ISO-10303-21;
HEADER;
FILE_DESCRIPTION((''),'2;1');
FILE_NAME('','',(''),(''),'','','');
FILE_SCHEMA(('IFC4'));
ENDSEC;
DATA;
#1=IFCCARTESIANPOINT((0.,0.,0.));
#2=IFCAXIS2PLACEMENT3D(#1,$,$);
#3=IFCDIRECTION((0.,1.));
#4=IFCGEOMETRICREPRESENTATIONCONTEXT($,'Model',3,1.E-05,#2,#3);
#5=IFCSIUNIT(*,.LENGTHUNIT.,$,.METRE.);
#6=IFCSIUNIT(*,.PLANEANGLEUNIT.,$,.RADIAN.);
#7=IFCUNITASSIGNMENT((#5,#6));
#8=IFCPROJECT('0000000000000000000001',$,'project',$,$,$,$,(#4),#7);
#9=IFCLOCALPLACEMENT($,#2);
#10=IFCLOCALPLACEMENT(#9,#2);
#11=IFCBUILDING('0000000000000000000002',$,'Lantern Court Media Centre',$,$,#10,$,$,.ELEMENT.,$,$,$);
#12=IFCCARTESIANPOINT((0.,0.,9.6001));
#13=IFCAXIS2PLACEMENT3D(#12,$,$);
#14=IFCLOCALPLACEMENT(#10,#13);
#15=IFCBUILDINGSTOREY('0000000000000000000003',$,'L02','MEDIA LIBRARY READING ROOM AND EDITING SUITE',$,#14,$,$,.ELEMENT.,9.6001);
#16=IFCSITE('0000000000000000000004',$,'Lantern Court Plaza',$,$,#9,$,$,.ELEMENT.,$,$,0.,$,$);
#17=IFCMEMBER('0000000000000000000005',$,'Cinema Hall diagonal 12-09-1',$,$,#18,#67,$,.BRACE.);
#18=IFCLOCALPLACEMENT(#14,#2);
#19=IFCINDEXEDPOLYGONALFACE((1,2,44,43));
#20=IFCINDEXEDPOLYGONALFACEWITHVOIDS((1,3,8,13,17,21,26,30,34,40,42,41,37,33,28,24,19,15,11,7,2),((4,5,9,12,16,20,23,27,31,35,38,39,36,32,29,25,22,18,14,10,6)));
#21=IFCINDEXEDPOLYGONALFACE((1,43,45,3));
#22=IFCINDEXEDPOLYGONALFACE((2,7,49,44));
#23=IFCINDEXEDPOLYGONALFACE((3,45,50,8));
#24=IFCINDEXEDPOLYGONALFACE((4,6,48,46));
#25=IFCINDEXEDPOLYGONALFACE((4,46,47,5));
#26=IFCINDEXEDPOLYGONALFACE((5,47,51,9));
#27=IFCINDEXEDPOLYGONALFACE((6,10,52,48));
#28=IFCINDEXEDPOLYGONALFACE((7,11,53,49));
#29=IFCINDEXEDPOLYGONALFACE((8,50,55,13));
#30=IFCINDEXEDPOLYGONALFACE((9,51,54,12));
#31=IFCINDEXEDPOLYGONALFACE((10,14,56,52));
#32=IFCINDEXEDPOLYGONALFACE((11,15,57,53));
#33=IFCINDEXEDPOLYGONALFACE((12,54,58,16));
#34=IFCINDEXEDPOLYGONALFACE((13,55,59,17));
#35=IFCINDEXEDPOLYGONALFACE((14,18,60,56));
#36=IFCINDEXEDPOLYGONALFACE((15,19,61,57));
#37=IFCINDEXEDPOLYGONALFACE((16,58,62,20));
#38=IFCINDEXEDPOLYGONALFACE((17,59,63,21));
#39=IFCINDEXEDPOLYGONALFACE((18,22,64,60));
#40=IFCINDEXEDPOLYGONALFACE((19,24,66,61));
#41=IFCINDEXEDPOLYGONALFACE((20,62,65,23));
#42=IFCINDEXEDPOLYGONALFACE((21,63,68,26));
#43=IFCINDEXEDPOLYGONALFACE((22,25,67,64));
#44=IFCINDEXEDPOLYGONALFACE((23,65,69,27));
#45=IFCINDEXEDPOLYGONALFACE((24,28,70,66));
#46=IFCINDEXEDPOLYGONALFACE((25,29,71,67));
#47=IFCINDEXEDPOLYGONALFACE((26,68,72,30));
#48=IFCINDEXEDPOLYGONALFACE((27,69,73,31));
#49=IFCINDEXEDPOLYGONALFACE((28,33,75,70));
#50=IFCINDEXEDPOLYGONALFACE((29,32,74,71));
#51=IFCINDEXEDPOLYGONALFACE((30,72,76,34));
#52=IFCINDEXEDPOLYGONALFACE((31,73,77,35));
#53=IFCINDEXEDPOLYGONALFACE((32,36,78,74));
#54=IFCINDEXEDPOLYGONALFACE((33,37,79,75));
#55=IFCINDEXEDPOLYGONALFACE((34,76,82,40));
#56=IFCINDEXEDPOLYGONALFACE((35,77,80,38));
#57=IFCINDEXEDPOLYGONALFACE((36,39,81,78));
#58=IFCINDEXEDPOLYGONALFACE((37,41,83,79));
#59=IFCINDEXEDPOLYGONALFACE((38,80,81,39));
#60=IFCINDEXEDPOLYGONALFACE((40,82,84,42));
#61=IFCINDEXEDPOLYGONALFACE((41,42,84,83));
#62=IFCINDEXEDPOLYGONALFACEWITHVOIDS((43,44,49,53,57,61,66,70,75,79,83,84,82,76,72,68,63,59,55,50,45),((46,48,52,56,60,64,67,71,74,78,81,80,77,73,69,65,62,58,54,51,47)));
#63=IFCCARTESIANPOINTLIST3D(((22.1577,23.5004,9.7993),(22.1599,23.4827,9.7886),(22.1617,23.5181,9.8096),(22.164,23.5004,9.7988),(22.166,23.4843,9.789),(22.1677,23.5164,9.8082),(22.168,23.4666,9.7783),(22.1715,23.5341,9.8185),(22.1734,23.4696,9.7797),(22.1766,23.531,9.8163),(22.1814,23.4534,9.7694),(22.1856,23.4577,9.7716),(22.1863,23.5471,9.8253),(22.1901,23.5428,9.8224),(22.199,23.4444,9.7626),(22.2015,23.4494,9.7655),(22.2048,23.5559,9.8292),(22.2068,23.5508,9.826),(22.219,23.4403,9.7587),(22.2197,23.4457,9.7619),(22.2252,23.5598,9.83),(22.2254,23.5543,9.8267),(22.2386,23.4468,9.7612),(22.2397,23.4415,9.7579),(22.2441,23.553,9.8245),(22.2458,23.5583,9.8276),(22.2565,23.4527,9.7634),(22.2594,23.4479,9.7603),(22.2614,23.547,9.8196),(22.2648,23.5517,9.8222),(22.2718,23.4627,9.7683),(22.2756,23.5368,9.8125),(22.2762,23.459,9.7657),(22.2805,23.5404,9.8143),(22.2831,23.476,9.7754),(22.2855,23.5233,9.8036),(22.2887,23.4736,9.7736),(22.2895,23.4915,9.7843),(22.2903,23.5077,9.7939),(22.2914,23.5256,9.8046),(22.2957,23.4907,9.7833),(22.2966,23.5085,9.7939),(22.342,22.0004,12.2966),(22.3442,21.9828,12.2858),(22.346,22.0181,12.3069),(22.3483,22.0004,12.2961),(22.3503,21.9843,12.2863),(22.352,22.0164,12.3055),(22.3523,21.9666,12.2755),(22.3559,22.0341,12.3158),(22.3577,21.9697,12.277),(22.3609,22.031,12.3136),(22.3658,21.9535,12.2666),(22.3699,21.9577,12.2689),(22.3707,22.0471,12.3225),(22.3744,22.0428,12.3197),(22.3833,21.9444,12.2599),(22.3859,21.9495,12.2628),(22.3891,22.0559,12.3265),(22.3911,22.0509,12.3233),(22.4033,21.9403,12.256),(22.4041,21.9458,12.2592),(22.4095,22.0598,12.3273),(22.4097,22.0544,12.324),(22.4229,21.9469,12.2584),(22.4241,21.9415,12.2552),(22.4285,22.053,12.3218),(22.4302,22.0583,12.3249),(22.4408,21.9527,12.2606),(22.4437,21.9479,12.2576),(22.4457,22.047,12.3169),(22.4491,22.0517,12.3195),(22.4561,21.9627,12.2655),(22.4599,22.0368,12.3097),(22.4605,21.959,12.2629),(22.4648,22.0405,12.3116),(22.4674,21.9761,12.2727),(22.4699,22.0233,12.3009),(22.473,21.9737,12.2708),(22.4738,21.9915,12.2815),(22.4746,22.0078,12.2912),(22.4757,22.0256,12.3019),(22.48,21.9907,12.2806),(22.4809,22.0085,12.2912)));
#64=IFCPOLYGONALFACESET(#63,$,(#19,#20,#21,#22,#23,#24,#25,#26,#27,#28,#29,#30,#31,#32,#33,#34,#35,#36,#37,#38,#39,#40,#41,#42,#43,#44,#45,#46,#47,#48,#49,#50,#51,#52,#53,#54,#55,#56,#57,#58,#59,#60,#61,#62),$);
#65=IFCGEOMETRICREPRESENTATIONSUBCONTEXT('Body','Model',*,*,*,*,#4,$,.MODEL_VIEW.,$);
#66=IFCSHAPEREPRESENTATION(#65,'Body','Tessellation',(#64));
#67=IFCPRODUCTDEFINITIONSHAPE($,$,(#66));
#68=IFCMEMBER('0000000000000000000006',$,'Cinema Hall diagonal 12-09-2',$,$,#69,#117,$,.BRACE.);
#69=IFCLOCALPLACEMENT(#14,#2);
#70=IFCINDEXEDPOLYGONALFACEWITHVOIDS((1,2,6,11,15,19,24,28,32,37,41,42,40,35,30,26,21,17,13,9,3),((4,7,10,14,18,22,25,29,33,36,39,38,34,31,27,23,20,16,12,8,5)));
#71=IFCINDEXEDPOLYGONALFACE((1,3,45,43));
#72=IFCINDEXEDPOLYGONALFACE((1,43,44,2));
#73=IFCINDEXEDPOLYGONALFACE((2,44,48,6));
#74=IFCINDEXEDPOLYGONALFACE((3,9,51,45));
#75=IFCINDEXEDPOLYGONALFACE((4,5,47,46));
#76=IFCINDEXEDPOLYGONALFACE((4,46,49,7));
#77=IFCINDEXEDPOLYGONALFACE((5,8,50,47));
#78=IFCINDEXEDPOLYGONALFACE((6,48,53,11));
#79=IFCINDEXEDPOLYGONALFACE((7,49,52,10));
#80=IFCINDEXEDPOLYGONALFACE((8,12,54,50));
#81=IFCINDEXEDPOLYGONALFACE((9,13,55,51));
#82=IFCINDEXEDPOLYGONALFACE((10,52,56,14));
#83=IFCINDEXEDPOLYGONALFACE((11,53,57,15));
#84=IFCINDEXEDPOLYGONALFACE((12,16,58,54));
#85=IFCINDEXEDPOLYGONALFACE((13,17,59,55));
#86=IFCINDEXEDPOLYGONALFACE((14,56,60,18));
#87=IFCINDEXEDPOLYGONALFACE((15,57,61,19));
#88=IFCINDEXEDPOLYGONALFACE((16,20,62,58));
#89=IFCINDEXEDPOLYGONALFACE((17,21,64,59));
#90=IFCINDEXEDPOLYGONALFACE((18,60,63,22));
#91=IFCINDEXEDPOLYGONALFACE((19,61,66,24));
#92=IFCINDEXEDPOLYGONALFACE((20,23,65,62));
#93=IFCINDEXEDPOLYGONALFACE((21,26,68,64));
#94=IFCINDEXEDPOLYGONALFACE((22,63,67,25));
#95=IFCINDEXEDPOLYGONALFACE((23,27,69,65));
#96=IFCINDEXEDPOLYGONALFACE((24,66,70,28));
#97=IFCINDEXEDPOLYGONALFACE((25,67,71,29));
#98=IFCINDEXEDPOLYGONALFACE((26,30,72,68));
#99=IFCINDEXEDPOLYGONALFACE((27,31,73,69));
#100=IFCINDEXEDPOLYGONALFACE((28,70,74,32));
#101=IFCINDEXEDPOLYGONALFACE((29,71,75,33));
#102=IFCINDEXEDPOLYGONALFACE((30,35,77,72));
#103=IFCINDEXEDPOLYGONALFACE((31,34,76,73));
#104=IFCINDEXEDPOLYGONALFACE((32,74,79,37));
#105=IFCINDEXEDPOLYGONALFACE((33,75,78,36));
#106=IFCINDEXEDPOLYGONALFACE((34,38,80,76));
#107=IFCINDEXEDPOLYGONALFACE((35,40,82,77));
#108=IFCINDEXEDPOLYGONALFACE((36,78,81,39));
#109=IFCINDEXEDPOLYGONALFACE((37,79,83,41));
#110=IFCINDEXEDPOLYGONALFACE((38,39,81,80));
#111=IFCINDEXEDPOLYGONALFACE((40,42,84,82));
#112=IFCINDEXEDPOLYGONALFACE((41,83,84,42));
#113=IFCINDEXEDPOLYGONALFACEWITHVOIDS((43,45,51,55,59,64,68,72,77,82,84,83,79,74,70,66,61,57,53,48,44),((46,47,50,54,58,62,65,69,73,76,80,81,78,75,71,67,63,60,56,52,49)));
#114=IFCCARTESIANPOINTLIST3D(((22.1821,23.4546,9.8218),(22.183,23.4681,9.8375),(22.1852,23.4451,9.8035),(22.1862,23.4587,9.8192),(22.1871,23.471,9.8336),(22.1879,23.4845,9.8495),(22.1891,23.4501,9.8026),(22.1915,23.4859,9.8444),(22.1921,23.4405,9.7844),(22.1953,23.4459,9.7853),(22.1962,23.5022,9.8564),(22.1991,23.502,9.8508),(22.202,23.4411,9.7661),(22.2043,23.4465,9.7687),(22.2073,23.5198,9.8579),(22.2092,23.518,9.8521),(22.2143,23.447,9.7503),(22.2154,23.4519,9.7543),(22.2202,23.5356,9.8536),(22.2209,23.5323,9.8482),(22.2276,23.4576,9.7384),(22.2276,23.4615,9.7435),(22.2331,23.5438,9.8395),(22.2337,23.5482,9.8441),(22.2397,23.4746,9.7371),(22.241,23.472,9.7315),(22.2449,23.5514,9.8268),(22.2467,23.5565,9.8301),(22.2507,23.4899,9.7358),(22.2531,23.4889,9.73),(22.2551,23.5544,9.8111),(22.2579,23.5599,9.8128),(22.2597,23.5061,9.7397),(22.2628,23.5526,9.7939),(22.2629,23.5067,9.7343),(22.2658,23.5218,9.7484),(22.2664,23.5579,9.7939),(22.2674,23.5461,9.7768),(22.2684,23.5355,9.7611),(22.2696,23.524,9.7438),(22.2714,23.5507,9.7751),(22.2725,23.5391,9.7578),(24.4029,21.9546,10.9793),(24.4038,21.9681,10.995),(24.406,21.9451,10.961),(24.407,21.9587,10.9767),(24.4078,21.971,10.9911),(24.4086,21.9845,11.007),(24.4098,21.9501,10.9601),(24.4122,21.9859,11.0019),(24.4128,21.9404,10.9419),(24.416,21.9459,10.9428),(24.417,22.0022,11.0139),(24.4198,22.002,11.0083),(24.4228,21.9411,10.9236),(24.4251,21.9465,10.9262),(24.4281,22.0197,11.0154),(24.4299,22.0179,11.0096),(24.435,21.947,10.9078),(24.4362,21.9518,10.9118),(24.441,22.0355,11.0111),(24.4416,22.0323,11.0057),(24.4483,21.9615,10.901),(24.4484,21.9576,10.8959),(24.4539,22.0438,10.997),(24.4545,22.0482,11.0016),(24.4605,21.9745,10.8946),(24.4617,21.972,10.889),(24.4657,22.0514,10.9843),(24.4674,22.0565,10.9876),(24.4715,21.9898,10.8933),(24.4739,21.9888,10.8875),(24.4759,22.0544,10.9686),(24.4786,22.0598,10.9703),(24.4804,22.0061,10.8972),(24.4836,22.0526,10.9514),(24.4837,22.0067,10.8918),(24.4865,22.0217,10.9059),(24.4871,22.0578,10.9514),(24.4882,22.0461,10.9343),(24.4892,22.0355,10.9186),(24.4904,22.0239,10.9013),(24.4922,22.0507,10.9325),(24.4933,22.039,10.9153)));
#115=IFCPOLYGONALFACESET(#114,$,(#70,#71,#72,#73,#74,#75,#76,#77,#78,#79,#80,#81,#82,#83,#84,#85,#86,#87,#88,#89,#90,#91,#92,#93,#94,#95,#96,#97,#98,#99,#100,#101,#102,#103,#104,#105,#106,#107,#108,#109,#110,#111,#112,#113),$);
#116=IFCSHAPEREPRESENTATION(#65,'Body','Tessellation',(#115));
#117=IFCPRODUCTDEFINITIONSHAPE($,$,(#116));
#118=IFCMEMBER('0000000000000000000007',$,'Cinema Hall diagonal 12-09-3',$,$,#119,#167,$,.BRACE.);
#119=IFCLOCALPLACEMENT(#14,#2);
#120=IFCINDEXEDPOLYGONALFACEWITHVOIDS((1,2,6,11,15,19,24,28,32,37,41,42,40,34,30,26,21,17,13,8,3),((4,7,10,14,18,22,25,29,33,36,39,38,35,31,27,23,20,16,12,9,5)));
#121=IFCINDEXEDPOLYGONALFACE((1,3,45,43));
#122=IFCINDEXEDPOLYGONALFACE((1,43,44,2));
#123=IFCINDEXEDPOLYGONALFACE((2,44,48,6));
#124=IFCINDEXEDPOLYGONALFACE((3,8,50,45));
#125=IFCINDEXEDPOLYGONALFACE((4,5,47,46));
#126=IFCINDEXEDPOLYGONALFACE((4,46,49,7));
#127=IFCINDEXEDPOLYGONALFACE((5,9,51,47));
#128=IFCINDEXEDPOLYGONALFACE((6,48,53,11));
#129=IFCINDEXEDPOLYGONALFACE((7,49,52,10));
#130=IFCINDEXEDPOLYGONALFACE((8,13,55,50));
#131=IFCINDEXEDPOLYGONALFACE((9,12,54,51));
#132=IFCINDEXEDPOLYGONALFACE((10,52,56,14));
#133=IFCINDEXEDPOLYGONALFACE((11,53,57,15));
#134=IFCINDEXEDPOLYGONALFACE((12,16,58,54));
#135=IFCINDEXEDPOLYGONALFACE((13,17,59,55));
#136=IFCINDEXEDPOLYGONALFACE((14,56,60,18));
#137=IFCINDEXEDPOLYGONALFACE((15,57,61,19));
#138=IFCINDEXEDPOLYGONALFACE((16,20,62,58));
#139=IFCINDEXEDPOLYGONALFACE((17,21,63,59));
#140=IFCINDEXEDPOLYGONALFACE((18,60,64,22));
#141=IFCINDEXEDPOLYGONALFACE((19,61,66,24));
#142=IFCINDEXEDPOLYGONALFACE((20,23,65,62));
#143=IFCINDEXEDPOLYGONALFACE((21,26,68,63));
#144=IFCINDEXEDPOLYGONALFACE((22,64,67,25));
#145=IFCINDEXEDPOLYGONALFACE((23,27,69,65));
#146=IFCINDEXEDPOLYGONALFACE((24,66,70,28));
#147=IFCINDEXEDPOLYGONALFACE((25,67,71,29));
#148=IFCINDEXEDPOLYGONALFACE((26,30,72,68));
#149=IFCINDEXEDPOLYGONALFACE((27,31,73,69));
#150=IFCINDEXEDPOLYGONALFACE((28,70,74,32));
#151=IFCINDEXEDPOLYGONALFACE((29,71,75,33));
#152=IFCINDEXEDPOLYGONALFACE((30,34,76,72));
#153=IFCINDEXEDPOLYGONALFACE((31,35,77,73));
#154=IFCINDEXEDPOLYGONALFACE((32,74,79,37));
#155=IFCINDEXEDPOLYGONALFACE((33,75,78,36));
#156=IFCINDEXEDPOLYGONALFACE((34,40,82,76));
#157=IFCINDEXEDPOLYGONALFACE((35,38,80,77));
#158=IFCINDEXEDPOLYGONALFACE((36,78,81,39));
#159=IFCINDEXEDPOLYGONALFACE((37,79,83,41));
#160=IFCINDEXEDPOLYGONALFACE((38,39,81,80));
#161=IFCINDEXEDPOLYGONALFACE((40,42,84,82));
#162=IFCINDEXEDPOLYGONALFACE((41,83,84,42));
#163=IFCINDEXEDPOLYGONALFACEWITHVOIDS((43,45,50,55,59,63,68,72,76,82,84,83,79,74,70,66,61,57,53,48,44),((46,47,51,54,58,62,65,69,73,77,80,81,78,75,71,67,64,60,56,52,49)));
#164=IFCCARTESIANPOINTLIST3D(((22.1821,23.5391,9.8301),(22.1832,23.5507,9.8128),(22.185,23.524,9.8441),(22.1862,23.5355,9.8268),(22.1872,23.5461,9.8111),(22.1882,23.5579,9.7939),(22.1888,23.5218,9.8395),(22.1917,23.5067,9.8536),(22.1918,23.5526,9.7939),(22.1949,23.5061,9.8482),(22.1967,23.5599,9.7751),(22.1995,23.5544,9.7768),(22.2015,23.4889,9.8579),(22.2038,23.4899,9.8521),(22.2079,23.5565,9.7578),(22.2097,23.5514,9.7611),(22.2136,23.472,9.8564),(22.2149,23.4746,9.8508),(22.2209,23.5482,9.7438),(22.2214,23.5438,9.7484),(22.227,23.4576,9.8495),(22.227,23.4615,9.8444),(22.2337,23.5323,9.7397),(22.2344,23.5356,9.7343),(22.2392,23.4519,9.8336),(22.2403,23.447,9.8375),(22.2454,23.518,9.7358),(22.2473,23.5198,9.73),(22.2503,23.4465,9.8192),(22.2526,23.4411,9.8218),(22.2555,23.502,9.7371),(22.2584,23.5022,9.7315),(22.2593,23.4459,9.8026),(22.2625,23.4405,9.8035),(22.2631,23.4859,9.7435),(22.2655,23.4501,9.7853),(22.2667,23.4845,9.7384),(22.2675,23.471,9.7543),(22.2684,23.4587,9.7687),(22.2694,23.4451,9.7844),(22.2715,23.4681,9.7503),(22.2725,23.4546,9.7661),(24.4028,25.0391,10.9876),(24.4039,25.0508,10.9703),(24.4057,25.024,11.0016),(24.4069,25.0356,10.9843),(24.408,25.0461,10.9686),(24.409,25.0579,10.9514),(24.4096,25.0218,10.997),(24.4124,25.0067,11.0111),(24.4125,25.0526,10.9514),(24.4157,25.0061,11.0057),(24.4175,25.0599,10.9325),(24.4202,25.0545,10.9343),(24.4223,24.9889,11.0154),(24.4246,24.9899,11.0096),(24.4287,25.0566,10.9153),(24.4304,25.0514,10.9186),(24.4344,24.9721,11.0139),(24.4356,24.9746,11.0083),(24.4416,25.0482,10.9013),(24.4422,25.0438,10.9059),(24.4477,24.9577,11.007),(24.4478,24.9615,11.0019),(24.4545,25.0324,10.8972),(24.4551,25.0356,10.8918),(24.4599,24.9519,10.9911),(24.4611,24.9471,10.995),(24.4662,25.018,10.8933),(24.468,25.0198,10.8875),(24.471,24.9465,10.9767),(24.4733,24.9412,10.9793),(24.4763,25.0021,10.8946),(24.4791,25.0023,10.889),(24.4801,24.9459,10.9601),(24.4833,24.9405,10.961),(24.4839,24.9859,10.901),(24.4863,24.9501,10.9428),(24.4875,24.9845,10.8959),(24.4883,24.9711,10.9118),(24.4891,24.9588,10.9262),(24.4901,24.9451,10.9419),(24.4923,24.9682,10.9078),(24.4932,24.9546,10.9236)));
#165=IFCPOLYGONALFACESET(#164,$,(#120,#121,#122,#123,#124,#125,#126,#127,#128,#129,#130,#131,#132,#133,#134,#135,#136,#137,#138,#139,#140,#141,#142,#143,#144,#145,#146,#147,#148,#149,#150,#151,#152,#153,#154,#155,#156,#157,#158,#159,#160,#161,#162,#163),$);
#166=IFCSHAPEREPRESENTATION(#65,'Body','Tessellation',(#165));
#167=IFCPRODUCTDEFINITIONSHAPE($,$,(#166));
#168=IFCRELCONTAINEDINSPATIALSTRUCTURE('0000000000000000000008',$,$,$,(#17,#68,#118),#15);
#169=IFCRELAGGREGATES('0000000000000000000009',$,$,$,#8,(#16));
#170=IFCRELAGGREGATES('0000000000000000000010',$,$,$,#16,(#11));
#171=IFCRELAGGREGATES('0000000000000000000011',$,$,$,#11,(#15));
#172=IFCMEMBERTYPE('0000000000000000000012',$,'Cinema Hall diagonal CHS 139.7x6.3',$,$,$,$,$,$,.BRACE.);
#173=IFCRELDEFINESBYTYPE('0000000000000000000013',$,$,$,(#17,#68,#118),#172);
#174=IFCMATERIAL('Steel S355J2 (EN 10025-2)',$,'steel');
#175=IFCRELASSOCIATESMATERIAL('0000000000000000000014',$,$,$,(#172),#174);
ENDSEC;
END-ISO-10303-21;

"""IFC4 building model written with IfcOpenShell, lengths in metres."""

from ifc_helpers import new_model, si_unit, direction, frame, origin, origin_2d, place, context, subcontext, project, spatial, hollow_circle, extrude, material, material_profile, profile_set, type_object, element, save


model = new_model("IFC4")

# Units and contexts
model_context = context("Model", 3, precision=1e-05, world=origin(), true_north=direction((0.0, 1.0)))
body_context = subcontext(model_context, "Body", "Model", "MODEL_VIEW")
ifc_project = project(units=[si_unit("LENGTHUNIT", "METRE"), si_unit("PLANEANGLEUNIT", "RADIAN")], contexts=[model_context])

# Site, building, storey
site_placement = place(None, origin())
site = spatial("IfcSite", under=ifc_project, at=site_placement, Name="Lantern Court Plaza", CompositionType="ELEMENT", RefElevation=0.0)
building_placement = place(site_placement, origin())
building = spatial("IfcBuilding", under=site, at=building_placement, Name="Lantern Court Media Centre", CompositionType="ELEMENT")
storey_placement = place(building_placement, frame((0.0, 0.0, 9.6001)))
storey = spatial("IfcBuildingStorey", under=building, at=storey_placement, Name="L02", Description="MEDIA LIBRARY READING ROOM AND EDITING SUITE", CompositionType="ELEMENT", Elevation=9.6001)

# Members
ifc_material = material(Name="Steel S355J2 (EN 10025-2)", Category="steel")
ifc_material_profile_1 = material_profile(ifc_material, hollow_circle(Radius=0.0698, WallThickness=0.0063, at=origin_2d()), Name="Cinema Hall diagonal CHS 139.7x6.3")
ifc_profile_set_1 = profile_set([ifc_material_profile_1], Name="Steel S355J2 (EN 10025-2)")
member_type_1 = type_object("IfcMemberType", Name="Cinema Hall diagonal CHS 139.7x6.3", PredefinedType="BRACE", material=ifc_profile_set_1)
member_1_placement = place(storey_placement, frame((22.2273, 23.5, 9.7939), z_axis=(0.063147, -0.513875, 0.855538), x_axis=(0.992534, 0.121967, 0.0)))
element("IfcMember", 1, at=member_1_placement, inside=storey, type_object=member_type_1, Name="Cinema Hall diagonal 12-09-1", PredefinedType="BRACE", context=body_context, shape_type="SweptSolid", body=[
    extrude(hollow_circle(Radius=0.0698, WallThickness=0.0063, at=origin_2d()), origin(), (0.0, 0.0, 1.0), 2.9189),
])
for number, where, z_axis, x_axis, name in (
    (2, (22.2273, 23.5, 9.7939), (0.760744, -0.513854, 0.396514), (0.559736, 0.828671, 0.0), "Cinema Hall diagonal 12-09-2"),
    (3, (22.2273, 23.5, 9.7939), (0.760744, 0.513854, 0.396514), (-0.559736, 0.828671, 0.0), "Cinema Hall diagonal 12-09-3"),
):
    element("IfcMember", number, at=place(storey_placement, frame(where, z_axis=z_axis, x_axis=x_axis)), inside=storey, type_object=member_type_1, Name=name, PredefinedType="BRACE", context=body_context, shape_type="SweptSolid", body=[
        extrude(hollow_circle(Radius=0.0698, WallThickness=0.0063, at=origin_2d()), origin(), (0.0, 0.0, 1.0), 2.9192),
    ])

save(model, "model.ifc")
